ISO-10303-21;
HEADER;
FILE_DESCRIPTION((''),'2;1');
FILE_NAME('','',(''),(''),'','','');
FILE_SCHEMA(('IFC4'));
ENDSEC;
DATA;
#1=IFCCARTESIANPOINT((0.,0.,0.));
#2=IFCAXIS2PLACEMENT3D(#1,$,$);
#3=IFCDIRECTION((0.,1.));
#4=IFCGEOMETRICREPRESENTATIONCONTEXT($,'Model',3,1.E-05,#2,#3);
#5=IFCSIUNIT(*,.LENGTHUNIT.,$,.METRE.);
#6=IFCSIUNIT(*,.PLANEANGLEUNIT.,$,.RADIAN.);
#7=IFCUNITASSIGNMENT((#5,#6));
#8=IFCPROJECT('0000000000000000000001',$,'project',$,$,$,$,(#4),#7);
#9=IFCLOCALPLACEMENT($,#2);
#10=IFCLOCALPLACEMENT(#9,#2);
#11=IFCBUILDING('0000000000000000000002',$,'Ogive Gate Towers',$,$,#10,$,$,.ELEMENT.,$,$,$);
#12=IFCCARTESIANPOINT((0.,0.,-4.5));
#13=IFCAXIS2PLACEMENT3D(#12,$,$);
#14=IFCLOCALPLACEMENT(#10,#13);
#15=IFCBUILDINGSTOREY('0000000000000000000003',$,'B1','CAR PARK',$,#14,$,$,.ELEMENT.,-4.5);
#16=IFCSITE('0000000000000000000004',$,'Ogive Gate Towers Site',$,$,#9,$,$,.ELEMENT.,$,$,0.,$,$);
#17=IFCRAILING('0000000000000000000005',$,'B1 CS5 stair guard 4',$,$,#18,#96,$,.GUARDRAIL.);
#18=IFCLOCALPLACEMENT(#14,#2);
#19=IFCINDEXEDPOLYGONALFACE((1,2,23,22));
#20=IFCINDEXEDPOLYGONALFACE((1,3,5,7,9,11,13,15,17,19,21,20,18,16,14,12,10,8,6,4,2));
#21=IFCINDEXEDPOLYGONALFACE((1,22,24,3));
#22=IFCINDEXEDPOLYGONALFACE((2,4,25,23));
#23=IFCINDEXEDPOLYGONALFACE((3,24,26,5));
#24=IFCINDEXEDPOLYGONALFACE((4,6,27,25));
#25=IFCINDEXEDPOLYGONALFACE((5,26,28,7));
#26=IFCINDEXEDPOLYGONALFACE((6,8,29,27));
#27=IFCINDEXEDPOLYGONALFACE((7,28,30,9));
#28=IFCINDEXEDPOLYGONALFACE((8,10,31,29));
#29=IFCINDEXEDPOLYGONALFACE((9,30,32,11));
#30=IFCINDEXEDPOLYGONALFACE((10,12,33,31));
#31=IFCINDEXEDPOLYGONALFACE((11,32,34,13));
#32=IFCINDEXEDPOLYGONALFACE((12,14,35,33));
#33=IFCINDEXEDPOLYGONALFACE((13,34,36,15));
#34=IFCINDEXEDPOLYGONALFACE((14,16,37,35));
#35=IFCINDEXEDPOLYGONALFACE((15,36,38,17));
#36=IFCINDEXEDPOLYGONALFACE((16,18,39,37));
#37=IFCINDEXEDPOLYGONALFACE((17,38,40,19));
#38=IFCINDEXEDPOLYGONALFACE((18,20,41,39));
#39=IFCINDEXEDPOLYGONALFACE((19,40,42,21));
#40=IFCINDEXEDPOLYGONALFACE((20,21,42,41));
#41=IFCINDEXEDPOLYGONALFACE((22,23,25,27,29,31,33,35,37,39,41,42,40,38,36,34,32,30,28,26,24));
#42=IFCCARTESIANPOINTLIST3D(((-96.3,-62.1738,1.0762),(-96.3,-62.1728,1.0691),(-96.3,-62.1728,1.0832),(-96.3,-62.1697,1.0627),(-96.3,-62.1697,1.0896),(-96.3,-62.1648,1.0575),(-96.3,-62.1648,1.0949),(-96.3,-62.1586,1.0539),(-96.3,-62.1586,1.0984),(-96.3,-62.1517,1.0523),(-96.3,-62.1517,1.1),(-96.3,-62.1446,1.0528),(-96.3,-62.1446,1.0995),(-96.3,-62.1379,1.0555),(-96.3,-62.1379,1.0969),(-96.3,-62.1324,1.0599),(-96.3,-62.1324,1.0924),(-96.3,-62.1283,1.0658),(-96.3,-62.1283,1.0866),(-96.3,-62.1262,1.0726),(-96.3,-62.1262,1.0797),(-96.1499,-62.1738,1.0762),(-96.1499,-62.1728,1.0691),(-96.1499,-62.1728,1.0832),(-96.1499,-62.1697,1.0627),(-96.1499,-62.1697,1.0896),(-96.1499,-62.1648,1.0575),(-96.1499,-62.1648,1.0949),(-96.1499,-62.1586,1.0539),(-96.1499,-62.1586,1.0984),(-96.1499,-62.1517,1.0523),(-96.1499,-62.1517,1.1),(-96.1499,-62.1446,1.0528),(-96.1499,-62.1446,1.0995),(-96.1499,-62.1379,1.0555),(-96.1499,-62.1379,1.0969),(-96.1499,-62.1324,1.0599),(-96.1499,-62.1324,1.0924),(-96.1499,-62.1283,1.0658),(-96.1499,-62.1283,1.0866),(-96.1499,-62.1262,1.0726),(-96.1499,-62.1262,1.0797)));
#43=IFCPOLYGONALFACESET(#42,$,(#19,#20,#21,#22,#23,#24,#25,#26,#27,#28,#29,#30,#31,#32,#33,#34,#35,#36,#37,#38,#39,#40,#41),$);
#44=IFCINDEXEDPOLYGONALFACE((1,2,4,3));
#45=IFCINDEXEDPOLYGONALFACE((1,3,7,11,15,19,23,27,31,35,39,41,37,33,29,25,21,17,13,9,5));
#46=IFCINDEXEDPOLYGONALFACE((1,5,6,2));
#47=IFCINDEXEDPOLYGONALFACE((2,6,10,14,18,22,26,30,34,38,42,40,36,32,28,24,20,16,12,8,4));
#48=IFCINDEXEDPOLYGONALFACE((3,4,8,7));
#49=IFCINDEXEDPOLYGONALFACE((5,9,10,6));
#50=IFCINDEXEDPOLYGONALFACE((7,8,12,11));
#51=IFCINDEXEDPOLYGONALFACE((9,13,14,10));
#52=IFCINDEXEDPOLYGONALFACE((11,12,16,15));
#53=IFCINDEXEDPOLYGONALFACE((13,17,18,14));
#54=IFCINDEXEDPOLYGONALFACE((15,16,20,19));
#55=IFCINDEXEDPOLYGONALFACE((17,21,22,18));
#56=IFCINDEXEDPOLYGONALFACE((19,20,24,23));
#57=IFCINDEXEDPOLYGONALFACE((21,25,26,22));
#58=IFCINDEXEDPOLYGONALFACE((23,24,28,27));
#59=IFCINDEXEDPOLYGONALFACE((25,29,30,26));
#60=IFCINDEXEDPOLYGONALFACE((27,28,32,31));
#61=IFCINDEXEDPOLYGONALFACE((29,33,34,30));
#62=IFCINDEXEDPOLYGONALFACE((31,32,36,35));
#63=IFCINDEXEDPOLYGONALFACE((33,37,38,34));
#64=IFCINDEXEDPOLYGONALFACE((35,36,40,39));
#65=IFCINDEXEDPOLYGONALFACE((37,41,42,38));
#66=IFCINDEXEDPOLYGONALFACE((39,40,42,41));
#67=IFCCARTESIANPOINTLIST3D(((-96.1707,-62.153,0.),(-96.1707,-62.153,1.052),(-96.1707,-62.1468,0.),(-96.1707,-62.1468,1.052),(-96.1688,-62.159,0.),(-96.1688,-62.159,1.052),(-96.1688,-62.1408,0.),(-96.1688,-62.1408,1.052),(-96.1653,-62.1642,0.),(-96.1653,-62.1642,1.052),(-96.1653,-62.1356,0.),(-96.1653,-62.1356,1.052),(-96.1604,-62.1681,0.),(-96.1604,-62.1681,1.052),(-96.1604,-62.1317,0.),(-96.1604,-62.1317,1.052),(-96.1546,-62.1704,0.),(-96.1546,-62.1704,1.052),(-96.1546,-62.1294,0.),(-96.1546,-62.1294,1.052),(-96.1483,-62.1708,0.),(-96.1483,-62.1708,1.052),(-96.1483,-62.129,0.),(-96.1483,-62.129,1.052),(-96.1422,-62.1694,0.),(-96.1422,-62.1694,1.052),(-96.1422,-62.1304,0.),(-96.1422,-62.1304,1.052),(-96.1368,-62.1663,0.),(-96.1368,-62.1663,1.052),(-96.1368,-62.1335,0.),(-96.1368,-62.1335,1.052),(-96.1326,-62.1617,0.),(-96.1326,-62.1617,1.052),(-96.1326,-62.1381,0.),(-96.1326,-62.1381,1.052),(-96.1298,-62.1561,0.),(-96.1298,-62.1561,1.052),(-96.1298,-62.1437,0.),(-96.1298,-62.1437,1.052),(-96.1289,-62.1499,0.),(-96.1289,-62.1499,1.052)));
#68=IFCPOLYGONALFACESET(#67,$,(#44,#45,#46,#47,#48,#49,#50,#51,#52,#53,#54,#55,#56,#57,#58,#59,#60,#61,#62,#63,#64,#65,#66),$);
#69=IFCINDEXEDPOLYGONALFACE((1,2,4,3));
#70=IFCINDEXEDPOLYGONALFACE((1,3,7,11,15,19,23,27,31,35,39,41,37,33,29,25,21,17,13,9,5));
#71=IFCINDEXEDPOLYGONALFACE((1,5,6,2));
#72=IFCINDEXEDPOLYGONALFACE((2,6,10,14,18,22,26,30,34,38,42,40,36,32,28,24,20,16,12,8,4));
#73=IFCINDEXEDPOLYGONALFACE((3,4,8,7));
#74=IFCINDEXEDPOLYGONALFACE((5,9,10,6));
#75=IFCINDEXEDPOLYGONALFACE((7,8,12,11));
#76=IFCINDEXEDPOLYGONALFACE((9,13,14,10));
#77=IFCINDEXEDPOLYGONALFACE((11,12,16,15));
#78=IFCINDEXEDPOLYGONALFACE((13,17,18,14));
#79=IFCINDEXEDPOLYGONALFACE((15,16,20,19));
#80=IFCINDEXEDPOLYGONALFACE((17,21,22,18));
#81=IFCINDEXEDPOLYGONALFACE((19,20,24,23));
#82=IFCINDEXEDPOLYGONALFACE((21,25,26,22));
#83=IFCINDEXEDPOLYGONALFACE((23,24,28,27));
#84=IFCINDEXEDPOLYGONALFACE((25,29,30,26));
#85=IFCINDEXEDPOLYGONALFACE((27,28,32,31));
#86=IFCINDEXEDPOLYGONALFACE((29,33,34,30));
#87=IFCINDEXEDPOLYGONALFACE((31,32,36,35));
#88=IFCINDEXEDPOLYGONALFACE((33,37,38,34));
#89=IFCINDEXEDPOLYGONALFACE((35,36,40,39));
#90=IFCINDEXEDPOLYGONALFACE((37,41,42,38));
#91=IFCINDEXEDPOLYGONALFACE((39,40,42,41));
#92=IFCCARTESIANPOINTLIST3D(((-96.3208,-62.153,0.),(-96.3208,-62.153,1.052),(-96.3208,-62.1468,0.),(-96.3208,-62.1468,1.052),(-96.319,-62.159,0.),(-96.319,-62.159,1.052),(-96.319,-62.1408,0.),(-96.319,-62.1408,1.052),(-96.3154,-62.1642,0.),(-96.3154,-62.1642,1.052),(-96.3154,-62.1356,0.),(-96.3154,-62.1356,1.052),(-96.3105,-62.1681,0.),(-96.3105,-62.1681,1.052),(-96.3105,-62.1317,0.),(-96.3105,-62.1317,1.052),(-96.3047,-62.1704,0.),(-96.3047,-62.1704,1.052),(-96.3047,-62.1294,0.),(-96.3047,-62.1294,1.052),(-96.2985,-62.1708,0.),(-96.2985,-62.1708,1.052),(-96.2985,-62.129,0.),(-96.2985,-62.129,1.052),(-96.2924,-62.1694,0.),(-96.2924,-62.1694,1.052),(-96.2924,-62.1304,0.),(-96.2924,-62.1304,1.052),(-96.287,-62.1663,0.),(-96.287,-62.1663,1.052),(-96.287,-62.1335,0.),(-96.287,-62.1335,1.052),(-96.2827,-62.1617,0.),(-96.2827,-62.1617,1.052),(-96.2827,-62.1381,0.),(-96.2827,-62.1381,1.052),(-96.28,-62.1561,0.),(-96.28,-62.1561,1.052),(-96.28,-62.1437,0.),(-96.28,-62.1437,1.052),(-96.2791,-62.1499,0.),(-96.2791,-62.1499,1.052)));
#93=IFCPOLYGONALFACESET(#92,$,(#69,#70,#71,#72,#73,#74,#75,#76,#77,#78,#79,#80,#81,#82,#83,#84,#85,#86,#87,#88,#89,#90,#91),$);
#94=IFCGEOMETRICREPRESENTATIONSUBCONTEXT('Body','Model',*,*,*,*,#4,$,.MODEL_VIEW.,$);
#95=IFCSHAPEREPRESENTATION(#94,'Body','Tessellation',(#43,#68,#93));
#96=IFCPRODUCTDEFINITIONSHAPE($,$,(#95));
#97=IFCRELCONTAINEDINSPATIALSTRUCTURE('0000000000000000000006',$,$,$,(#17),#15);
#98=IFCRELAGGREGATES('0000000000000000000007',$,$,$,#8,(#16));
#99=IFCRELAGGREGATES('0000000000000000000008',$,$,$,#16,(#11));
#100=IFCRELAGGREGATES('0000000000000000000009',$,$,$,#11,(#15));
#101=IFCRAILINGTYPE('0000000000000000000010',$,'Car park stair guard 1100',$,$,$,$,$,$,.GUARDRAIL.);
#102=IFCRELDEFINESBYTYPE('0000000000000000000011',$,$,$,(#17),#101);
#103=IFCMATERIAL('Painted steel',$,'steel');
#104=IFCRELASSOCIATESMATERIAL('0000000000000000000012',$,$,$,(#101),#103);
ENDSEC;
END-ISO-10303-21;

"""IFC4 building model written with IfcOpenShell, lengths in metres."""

from ifc_helpers import new_model, si_unit, direction, frame, origin, origin_2d, place, context, subcontext, project, spatial, circle, extrude, material, type_object, element, save


model = new_model("IFC4")

# Units and contexts
model_context = context("Model", 3, precision=1e-05, world=origin(), true_north=direction((0.0, 1.0)))
body_context = subcontext(model_context, "Body", "Model", "MODEL_VIEW")
ifc_project = project(units=[si_unit("LENGTHUNIT", "METRE"), si_unit("PLANEANGLEUNIT", "RADIAN")], contexts=[model_context])

# Site, building, storey
site_placement = place(None, origin())
site = spatial("IfcSite", under=ifc_project, at=site_placement, Name="Ogive Gate Towers Site", CompositionType="ELEMENT", RefElevation=0.0)
building_placement = place(site_placement, origin())
building = spatial("IfcBuilding", under=site, at=building_placement, Name="Ogive Gate Towers", CompositionType="ELEMENT")
storey_placement = place(building_placement, frame((0.0, 0.0, -4.5)))
storey = spatial("IfcBuildingStorey", under=building, at=storey_placement, Name="B1", Description="CAR PARK", CompositionType="ELEMENT", Elevation=-4.5)

# Railing
ifc_material_1 = material(Name="Painted steel", Category="steel")
railing_type_1 = type_object("IfcRailingType", Name="Car park stair guard 1100", PredefinedType="GUARDRAIL", material=ifc_material_1)
railing_1_placement = place(storey_placement, frame((-96.1499, -62.1499, 0.0)))
element("IfcRailing", 1, at=railing_1_placement, inside=storey, type_object=railing_type_1, Name="B1 CS5 stair guard 4", PredefinedType="GUARDRAIL", context=body_context, shape_type="SweptSolid", body=[
    extrude(circle(Radius=0.0239, at=origin_2d()), frame((0.0, 0.0, 1.0762), z_axis=(-1.0, 0.0, 0.0), x_axis=(0.0, -1.0, 0.0)), (0.0, 0.0, 1.0), 0.1501),
    extrude(circle(Radius=0.021, at=origin_2d()), origin(), (0.0, 0.0, 1.0), 1.052),
    extrude(circle(Radius=0.021, at=origin_2d()), frame((-0.1501, 0.0, 0.0)), (0.0, 0.0, 1.0), 1.052),
])

save(model, "model.ifc")
